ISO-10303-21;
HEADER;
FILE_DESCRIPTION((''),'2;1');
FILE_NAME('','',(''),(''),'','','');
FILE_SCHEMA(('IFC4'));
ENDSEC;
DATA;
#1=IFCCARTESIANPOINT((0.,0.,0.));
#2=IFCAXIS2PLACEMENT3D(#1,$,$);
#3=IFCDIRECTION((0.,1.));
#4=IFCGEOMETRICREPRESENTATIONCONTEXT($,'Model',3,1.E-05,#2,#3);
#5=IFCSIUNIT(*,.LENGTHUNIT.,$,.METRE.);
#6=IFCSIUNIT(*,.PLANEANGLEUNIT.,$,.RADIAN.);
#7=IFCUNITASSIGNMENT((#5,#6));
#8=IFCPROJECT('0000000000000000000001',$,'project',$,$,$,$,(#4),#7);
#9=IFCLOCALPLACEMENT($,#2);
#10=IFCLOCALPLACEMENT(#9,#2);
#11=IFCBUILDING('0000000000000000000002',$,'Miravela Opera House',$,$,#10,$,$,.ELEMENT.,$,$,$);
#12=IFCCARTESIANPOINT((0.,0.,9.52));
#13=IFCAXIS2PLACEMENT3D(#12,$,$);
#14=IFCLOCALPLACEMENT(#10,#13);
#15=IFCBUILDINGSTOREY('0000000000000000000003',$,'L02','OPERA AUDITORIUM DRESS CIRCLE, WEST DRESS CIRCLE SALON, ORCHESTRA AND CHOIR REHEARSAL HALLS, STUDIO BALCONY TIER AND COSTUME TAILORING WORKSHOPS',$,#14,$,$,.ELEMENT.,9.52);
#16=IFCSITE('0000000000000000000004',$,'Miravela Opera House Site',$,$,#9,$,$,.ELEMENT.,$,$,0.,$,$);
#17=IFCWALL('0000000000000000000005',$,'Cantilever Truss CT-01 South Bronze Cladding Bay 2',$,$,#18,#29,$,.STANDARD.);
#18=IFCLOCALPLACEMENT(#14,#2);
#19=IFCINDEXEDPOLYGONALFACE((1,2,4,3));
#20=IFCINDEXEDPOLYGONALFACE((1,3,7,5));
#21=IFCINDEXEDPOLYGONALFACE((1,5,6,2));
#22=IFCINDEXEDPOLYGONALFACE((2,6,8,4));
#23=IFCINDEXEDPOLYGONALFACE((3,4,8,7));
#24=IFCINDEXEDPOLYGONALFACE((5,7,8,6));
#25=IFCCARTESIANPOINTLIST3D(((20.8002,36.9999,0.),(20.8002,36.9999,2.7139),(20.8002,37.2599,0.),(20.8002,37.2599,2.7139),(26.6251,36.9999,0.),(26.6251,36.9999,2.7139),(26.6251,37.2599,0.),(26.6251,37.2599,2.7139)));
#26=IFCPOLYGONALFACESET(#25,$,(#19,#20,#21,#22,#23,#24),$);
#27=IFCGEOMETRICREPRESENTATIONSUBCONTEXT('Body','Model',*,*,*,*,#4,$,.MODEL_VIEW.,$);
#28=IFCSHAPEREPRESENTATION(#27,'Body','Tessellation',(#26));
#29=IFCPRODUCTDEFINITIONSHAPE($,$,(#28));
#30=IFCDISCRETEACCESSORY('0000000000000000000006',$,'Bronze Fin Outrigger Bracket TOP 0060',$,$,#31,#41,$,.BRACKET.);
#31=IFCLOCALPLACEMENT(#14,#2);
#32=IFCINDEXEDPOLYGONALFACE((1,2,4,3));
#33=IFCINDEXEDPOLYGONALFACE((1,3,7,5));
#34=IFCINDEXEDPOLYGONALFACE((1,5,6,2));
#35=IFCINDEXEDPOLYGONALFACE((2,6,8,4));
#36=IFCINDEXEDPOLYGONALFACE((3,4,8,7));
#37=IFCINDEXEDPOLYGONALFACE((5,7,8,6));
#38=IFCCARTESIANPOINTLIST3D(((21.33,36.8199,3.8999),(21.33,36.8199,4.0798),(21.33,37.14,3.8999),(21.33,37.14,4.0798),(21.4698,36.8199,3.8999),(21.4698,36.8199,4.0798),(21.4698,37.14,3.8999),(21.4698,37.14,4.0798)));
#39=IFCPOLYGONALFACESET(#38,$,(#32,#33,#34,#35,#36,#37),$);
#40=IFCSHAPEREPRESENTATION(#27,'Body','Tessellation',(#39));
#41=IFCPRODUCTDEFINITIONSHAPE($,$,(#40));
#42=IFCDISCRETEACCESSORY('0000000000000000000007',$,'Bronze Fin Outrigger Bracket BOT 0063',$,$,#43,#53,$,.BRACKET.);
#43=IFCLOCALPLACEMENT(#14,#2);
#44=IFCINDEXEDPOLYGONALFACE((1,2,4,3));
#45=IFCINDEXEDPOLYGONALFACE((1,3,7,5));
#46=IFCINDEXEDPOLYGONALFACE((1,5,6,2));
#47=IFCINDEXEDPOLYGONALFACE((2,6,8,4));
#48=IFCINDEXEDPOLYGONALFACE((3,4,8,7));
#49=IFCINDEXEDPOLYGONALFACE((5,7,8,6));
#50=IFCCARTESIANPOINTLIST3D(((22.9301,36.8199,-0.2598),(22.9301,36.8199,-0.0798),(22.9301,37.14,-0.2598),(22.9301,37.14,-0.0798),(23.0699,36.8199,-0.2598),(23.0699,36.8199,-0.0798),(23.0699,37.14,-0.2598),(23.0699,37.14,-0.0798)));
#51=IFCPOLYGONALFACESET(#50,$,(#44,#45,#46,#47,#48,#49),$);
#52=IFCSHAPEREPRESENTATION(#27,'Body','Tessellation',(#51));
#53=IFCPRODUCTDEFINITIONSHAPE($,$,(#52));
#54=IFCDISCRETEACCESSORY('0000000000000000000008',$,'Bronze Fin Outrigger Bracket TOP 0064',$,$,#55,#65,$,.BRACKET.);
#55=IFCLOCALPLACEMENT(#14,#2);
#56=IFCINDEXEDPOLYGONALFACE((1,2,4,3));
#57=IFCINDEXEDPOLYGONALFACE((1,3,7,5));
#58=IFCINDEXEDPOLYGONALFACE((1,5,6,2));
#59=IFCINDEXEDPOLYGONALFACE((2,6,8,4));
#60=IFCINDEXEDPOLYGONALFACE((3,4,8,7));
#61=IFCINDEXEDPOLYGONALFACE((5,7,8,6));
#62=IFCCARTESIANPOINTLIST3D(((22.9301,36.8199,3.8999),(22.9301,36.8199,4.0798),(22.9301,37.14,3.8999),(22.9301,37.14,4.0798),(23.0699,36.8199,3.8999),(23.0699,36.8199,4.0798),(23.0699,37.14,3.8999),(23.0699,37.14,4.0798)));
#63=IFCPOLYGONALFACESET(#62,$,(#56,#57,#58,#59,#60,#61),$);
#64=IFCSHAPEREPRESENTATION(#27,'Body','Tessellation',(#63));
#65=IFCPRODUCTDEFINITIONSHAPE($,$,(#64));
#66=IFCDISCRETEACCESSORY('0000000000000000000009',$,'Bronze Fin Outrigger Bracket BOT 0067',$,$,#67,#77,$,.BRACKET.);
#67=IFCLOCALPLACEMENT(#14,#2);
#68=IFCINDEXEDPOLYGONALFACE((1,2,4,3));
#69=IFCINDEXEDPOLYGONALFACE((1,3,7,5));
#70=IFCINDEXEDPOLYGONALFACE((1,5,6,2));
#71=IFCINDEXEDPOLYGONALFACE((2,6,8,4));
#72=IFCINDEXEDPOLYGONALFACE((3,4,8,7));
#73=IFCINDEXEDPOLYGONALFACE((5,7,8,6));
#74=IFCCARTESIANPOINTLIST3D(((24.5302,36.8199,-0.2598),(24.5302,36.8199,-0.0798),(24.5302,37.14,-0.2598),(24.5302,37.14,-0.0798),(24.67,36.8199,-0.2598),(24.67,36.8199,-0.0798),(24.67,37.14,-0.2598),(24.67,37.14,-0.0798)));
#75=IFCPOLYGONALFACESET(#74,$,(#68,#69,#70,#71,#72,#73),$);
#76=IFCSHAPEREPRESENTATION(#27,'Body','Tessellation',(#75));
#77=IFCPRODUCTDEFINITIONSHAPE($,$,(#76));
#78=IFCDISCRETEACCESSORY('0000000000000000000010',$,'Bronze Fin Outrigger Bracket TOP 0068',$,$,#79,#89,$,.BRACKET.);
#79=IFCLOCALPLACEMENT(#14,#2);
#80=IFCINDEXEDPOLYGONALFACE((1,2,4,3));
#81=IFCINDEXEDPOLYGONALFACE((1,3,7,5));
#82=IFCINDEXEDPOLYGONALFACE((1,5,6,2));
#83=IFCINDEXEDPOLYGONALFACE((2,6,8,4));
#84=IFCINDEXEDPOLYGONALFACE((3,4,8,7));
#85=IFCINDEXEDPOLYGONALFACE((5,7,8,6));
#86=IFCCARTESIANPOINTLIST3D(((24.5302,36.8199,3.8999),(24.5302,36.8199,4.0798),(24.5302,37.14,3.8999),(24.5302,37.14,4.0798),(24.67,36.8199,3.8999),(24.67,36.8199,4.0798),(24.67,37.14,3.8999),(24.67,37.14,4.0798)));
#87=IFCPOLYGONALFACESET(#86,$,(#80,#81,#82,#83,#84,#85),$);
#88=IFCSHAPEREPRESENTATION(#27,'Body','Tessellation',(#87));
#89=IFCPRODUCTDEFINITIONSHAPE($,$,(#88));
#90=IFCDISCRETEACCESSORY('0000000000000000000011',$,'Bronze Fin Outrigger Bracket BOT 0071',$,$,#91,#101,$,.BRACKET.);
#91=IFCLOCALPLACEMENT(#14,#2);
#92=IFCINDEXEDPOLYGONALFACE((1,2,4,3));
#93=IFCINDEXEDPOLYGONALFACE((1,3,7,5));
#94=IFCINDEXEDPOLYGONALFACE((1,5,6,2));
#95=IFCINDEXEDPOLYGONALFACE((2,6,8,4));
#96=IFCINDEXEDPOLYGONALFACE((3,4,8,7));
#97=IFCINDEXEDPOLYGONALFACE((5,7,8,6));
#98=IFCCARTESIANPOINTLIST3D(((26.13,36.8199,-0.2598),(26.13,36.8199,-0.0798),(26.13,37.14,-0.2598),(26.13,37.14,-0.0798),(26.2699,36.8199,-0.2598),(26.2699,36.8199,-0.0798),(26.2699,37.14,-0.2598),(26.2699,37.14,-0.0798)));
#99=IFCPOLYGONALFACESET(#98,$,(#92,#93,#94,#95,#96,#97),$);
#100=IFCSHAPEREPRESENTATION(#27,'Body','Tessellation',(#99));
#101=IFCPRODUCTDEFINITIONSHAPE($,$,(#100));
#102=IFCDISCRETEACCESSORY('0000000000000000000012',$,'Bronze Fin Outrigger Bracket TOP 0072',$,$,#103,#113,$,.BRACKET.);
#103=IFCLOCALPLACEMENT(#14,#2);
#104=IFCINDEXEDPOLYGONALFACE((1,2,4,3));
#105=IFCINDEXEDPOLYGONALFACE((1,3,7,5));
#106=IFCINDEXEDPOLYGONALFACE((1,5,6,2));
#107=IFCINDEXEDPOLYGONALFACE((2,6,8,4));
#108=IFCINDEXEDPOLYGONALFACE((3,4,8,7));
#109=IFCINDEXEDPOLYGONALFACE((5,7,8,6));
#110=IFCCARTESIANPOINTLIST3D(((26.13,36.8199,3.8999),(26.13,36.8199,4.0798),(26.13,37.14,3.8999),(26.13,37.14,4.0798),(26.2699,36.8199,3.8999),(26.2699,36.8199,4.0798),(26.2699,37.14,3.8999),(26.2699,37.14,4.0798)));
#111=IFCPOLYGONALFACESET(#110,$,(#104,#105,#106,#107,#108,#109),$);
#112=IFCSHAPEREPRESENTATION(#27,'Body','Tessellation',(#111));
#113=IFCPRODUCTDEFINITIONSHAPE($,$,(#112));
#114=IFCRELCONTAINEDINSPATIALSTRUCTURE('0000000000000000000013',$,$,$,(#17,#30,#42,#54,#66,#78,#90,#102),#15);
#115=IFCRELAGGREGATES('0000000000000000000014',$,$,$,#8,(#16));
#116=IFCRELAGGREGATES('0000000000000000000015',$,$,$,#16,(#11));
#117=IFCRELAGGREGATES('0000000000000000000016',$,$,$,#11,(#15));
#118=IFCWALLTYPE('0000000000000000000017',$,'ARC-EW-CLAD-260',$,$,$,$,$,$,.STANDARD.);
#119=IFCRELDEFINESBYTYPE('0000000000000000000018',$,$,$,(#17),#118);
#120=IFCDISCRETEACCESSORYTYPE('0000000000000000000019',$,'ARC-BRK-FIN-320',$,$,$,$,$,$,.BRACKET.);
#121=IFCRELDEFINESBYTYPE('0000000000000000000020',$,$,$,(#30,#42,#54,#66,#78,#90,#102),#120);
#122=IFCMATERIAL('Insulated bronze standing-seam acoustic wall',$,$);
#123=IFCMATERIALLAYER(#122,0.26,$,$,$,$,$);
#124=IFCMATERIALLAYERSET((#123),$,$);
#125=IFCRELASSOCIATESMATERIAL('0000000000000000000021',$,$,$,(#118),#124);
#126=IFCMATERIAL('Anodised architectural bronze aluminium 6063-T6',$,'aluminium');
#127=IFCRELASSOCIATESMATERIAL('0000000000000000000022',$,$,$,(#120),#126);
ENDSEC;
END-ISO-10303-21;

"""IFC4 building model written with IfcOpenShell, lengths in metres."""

from ifc_helpers import new_model, si_unit, direction, frame, frame_2d, origin, origin_2d, place, context, subcontext, project, spatial, rectangle, extrude, material, layer, layer_set, type_object, element, save


model = new_model("IFC4")

# Units and contexts
model_context = context("Model", 3, precision=1e-05, world=origin(), true_north=direction((0.0, 1.0)))
body_context = subcontext(model_context, "Body", "Model", "MODEL_VIEW")
ifc_project = project(units=[si_unit("LENGTHUNIT", "METRE"), si_unit("PLANEANGLEUNIT", "RADIAN")], contexts=[model_context])

# Site, building, storey
site_placement = place(None, origin())
site = spatial("IfcSite", under=ifc_project, at=site_placement, Name="Miravela Opera House Site", CompositionType="ELEMENT", RefElevation=0.0)
building_placement = place(site_placement, origin())
building = spatial("IfcBuilding", under=site, at=building_placement, Name="Miravela Opera House", CompositionType="ELEMENT")
storey_placement = place(building_placement, frame((0.0, 0.0, 9.52)))
storey = spatial("IfcBuildingStorey", under=building, at=storey_placement, Name="L02", Description="OPERA AUDITORIUM DRESS CIRCLE, WEST DRESS CIRCLE SALON, ORCHESTRA AND CHOIR REHEARSAL HALLS, STUDIO BALCONY TIER AND COSTUME TAILORING WORKSHOPS", CompositionType="ELEMENT", Elevation=9.52)

# Wall
ifc_material_1 = material(Name="Insulated bronze standing-seam acoustic wall")
ifc_layer_1 = layer(ifc_material_1, 0.26)
ifc_layer_set_1 = layer_set([ifc_layer_1])
wall_type = type_object("IfcWallType", Name="ARC-EW-CLAD-260", PredefinedType="STANDARD", material=ifc_layer_set_1)
wall_placement = place(storey_placement, frame((20.8, 37.1299, 0.0), z_axis=(0.0, 0.0, 1.0), x_axis=(1.0, 0.0, 0.0)))
element("IfcWall", 1, at=wall_placement, inside=storey, type_object=wall_type, Name="Cantilever Truss CT-01 South Bronze Cladding Bay 2", PredefinedType="STANDARD", context=body_context, shape_type="SweptSolid", body=[
    extrude(rectangle(XDim=5.825, YDim=0.26, at=frame_2d((2.9126, 0.0))), origin(), (0.0, 0.0, 1.0), 2.7139),
])

# Discrete accessories
ifc_material_2 = material(Name="Anodised architectural bronze aluminium 6063-T6", Category="aluminium")
discrete_accessory_type = type_object("IfcDiscreteAccessoryType", Name="ARC-BRK-FIN-320", PredefinedType="BRACKET", material=ifc_material_2)
for number, where, z_axis, x_axis, name in (
    (2, (21.3999, 36.98, 3.8999), (0.0, 0.0, 1.0), (0.0, 1.0, 0.0), "Bronze Fin Outrigger Bracket TOP 0060"),
    (3, (23.0, 36.98, -0.2598), (0.0, 0.0, 1.0), (0.0, 1.0, 0.0), "Bronze Fin Outrigger Bracket BOT 0063"),
    (4, (23.0, 36.98, 3.8999), (0.0, 0.0, 1.0), (0.0, 1.0, 0.0), "Bronze Fin Outrigger Bracket TOP 0064"),
    (5, (24.6001, 36.98, -0.2598), (0.0, 0.0, 1.0), (0.0, 1.0, 0.0), "Bronze Fin Outrigger Bracket BOT 0067"),
    (6, (24.6001, 36.98, 3.8999), (0.0, 0.0, 1.0), (0.0, 1.0, 0.0), "Bronze Fin Outrigger Bracket TOP 0068"),
    (7, (26.2, 36.98, -0.2598), (0.0, 0.0, 1.0), (0.0, 1.0, 0.0), "Bronze Fin Outrigger Bracket BOT 0071"),
    (8, (26.2, 36.98, 3.8999), (0.0, 0.0, 1.0), (0.0, 1.0, 0.0), "Bronze Fin Outrigger Bracket TOP 0072"),
):
    element("IfcDiscreteAccessory", number, at=place(storey_placement, frame(where, z_axis=z_axis, x_axis=x_axis)), inside=storey, type_object=discrete_accessory_type, Name=name, PredefinedType="BRACKET", context=body_context, shape_type="SweptSolid", body=[
        extrude(rectangle(XDim=0.3201, YDim=0.1399, at=origin_2d()), origin(), (0.0, 0.0, 1.0), 0.1799),
    ])

save(model, "model.ifc")
